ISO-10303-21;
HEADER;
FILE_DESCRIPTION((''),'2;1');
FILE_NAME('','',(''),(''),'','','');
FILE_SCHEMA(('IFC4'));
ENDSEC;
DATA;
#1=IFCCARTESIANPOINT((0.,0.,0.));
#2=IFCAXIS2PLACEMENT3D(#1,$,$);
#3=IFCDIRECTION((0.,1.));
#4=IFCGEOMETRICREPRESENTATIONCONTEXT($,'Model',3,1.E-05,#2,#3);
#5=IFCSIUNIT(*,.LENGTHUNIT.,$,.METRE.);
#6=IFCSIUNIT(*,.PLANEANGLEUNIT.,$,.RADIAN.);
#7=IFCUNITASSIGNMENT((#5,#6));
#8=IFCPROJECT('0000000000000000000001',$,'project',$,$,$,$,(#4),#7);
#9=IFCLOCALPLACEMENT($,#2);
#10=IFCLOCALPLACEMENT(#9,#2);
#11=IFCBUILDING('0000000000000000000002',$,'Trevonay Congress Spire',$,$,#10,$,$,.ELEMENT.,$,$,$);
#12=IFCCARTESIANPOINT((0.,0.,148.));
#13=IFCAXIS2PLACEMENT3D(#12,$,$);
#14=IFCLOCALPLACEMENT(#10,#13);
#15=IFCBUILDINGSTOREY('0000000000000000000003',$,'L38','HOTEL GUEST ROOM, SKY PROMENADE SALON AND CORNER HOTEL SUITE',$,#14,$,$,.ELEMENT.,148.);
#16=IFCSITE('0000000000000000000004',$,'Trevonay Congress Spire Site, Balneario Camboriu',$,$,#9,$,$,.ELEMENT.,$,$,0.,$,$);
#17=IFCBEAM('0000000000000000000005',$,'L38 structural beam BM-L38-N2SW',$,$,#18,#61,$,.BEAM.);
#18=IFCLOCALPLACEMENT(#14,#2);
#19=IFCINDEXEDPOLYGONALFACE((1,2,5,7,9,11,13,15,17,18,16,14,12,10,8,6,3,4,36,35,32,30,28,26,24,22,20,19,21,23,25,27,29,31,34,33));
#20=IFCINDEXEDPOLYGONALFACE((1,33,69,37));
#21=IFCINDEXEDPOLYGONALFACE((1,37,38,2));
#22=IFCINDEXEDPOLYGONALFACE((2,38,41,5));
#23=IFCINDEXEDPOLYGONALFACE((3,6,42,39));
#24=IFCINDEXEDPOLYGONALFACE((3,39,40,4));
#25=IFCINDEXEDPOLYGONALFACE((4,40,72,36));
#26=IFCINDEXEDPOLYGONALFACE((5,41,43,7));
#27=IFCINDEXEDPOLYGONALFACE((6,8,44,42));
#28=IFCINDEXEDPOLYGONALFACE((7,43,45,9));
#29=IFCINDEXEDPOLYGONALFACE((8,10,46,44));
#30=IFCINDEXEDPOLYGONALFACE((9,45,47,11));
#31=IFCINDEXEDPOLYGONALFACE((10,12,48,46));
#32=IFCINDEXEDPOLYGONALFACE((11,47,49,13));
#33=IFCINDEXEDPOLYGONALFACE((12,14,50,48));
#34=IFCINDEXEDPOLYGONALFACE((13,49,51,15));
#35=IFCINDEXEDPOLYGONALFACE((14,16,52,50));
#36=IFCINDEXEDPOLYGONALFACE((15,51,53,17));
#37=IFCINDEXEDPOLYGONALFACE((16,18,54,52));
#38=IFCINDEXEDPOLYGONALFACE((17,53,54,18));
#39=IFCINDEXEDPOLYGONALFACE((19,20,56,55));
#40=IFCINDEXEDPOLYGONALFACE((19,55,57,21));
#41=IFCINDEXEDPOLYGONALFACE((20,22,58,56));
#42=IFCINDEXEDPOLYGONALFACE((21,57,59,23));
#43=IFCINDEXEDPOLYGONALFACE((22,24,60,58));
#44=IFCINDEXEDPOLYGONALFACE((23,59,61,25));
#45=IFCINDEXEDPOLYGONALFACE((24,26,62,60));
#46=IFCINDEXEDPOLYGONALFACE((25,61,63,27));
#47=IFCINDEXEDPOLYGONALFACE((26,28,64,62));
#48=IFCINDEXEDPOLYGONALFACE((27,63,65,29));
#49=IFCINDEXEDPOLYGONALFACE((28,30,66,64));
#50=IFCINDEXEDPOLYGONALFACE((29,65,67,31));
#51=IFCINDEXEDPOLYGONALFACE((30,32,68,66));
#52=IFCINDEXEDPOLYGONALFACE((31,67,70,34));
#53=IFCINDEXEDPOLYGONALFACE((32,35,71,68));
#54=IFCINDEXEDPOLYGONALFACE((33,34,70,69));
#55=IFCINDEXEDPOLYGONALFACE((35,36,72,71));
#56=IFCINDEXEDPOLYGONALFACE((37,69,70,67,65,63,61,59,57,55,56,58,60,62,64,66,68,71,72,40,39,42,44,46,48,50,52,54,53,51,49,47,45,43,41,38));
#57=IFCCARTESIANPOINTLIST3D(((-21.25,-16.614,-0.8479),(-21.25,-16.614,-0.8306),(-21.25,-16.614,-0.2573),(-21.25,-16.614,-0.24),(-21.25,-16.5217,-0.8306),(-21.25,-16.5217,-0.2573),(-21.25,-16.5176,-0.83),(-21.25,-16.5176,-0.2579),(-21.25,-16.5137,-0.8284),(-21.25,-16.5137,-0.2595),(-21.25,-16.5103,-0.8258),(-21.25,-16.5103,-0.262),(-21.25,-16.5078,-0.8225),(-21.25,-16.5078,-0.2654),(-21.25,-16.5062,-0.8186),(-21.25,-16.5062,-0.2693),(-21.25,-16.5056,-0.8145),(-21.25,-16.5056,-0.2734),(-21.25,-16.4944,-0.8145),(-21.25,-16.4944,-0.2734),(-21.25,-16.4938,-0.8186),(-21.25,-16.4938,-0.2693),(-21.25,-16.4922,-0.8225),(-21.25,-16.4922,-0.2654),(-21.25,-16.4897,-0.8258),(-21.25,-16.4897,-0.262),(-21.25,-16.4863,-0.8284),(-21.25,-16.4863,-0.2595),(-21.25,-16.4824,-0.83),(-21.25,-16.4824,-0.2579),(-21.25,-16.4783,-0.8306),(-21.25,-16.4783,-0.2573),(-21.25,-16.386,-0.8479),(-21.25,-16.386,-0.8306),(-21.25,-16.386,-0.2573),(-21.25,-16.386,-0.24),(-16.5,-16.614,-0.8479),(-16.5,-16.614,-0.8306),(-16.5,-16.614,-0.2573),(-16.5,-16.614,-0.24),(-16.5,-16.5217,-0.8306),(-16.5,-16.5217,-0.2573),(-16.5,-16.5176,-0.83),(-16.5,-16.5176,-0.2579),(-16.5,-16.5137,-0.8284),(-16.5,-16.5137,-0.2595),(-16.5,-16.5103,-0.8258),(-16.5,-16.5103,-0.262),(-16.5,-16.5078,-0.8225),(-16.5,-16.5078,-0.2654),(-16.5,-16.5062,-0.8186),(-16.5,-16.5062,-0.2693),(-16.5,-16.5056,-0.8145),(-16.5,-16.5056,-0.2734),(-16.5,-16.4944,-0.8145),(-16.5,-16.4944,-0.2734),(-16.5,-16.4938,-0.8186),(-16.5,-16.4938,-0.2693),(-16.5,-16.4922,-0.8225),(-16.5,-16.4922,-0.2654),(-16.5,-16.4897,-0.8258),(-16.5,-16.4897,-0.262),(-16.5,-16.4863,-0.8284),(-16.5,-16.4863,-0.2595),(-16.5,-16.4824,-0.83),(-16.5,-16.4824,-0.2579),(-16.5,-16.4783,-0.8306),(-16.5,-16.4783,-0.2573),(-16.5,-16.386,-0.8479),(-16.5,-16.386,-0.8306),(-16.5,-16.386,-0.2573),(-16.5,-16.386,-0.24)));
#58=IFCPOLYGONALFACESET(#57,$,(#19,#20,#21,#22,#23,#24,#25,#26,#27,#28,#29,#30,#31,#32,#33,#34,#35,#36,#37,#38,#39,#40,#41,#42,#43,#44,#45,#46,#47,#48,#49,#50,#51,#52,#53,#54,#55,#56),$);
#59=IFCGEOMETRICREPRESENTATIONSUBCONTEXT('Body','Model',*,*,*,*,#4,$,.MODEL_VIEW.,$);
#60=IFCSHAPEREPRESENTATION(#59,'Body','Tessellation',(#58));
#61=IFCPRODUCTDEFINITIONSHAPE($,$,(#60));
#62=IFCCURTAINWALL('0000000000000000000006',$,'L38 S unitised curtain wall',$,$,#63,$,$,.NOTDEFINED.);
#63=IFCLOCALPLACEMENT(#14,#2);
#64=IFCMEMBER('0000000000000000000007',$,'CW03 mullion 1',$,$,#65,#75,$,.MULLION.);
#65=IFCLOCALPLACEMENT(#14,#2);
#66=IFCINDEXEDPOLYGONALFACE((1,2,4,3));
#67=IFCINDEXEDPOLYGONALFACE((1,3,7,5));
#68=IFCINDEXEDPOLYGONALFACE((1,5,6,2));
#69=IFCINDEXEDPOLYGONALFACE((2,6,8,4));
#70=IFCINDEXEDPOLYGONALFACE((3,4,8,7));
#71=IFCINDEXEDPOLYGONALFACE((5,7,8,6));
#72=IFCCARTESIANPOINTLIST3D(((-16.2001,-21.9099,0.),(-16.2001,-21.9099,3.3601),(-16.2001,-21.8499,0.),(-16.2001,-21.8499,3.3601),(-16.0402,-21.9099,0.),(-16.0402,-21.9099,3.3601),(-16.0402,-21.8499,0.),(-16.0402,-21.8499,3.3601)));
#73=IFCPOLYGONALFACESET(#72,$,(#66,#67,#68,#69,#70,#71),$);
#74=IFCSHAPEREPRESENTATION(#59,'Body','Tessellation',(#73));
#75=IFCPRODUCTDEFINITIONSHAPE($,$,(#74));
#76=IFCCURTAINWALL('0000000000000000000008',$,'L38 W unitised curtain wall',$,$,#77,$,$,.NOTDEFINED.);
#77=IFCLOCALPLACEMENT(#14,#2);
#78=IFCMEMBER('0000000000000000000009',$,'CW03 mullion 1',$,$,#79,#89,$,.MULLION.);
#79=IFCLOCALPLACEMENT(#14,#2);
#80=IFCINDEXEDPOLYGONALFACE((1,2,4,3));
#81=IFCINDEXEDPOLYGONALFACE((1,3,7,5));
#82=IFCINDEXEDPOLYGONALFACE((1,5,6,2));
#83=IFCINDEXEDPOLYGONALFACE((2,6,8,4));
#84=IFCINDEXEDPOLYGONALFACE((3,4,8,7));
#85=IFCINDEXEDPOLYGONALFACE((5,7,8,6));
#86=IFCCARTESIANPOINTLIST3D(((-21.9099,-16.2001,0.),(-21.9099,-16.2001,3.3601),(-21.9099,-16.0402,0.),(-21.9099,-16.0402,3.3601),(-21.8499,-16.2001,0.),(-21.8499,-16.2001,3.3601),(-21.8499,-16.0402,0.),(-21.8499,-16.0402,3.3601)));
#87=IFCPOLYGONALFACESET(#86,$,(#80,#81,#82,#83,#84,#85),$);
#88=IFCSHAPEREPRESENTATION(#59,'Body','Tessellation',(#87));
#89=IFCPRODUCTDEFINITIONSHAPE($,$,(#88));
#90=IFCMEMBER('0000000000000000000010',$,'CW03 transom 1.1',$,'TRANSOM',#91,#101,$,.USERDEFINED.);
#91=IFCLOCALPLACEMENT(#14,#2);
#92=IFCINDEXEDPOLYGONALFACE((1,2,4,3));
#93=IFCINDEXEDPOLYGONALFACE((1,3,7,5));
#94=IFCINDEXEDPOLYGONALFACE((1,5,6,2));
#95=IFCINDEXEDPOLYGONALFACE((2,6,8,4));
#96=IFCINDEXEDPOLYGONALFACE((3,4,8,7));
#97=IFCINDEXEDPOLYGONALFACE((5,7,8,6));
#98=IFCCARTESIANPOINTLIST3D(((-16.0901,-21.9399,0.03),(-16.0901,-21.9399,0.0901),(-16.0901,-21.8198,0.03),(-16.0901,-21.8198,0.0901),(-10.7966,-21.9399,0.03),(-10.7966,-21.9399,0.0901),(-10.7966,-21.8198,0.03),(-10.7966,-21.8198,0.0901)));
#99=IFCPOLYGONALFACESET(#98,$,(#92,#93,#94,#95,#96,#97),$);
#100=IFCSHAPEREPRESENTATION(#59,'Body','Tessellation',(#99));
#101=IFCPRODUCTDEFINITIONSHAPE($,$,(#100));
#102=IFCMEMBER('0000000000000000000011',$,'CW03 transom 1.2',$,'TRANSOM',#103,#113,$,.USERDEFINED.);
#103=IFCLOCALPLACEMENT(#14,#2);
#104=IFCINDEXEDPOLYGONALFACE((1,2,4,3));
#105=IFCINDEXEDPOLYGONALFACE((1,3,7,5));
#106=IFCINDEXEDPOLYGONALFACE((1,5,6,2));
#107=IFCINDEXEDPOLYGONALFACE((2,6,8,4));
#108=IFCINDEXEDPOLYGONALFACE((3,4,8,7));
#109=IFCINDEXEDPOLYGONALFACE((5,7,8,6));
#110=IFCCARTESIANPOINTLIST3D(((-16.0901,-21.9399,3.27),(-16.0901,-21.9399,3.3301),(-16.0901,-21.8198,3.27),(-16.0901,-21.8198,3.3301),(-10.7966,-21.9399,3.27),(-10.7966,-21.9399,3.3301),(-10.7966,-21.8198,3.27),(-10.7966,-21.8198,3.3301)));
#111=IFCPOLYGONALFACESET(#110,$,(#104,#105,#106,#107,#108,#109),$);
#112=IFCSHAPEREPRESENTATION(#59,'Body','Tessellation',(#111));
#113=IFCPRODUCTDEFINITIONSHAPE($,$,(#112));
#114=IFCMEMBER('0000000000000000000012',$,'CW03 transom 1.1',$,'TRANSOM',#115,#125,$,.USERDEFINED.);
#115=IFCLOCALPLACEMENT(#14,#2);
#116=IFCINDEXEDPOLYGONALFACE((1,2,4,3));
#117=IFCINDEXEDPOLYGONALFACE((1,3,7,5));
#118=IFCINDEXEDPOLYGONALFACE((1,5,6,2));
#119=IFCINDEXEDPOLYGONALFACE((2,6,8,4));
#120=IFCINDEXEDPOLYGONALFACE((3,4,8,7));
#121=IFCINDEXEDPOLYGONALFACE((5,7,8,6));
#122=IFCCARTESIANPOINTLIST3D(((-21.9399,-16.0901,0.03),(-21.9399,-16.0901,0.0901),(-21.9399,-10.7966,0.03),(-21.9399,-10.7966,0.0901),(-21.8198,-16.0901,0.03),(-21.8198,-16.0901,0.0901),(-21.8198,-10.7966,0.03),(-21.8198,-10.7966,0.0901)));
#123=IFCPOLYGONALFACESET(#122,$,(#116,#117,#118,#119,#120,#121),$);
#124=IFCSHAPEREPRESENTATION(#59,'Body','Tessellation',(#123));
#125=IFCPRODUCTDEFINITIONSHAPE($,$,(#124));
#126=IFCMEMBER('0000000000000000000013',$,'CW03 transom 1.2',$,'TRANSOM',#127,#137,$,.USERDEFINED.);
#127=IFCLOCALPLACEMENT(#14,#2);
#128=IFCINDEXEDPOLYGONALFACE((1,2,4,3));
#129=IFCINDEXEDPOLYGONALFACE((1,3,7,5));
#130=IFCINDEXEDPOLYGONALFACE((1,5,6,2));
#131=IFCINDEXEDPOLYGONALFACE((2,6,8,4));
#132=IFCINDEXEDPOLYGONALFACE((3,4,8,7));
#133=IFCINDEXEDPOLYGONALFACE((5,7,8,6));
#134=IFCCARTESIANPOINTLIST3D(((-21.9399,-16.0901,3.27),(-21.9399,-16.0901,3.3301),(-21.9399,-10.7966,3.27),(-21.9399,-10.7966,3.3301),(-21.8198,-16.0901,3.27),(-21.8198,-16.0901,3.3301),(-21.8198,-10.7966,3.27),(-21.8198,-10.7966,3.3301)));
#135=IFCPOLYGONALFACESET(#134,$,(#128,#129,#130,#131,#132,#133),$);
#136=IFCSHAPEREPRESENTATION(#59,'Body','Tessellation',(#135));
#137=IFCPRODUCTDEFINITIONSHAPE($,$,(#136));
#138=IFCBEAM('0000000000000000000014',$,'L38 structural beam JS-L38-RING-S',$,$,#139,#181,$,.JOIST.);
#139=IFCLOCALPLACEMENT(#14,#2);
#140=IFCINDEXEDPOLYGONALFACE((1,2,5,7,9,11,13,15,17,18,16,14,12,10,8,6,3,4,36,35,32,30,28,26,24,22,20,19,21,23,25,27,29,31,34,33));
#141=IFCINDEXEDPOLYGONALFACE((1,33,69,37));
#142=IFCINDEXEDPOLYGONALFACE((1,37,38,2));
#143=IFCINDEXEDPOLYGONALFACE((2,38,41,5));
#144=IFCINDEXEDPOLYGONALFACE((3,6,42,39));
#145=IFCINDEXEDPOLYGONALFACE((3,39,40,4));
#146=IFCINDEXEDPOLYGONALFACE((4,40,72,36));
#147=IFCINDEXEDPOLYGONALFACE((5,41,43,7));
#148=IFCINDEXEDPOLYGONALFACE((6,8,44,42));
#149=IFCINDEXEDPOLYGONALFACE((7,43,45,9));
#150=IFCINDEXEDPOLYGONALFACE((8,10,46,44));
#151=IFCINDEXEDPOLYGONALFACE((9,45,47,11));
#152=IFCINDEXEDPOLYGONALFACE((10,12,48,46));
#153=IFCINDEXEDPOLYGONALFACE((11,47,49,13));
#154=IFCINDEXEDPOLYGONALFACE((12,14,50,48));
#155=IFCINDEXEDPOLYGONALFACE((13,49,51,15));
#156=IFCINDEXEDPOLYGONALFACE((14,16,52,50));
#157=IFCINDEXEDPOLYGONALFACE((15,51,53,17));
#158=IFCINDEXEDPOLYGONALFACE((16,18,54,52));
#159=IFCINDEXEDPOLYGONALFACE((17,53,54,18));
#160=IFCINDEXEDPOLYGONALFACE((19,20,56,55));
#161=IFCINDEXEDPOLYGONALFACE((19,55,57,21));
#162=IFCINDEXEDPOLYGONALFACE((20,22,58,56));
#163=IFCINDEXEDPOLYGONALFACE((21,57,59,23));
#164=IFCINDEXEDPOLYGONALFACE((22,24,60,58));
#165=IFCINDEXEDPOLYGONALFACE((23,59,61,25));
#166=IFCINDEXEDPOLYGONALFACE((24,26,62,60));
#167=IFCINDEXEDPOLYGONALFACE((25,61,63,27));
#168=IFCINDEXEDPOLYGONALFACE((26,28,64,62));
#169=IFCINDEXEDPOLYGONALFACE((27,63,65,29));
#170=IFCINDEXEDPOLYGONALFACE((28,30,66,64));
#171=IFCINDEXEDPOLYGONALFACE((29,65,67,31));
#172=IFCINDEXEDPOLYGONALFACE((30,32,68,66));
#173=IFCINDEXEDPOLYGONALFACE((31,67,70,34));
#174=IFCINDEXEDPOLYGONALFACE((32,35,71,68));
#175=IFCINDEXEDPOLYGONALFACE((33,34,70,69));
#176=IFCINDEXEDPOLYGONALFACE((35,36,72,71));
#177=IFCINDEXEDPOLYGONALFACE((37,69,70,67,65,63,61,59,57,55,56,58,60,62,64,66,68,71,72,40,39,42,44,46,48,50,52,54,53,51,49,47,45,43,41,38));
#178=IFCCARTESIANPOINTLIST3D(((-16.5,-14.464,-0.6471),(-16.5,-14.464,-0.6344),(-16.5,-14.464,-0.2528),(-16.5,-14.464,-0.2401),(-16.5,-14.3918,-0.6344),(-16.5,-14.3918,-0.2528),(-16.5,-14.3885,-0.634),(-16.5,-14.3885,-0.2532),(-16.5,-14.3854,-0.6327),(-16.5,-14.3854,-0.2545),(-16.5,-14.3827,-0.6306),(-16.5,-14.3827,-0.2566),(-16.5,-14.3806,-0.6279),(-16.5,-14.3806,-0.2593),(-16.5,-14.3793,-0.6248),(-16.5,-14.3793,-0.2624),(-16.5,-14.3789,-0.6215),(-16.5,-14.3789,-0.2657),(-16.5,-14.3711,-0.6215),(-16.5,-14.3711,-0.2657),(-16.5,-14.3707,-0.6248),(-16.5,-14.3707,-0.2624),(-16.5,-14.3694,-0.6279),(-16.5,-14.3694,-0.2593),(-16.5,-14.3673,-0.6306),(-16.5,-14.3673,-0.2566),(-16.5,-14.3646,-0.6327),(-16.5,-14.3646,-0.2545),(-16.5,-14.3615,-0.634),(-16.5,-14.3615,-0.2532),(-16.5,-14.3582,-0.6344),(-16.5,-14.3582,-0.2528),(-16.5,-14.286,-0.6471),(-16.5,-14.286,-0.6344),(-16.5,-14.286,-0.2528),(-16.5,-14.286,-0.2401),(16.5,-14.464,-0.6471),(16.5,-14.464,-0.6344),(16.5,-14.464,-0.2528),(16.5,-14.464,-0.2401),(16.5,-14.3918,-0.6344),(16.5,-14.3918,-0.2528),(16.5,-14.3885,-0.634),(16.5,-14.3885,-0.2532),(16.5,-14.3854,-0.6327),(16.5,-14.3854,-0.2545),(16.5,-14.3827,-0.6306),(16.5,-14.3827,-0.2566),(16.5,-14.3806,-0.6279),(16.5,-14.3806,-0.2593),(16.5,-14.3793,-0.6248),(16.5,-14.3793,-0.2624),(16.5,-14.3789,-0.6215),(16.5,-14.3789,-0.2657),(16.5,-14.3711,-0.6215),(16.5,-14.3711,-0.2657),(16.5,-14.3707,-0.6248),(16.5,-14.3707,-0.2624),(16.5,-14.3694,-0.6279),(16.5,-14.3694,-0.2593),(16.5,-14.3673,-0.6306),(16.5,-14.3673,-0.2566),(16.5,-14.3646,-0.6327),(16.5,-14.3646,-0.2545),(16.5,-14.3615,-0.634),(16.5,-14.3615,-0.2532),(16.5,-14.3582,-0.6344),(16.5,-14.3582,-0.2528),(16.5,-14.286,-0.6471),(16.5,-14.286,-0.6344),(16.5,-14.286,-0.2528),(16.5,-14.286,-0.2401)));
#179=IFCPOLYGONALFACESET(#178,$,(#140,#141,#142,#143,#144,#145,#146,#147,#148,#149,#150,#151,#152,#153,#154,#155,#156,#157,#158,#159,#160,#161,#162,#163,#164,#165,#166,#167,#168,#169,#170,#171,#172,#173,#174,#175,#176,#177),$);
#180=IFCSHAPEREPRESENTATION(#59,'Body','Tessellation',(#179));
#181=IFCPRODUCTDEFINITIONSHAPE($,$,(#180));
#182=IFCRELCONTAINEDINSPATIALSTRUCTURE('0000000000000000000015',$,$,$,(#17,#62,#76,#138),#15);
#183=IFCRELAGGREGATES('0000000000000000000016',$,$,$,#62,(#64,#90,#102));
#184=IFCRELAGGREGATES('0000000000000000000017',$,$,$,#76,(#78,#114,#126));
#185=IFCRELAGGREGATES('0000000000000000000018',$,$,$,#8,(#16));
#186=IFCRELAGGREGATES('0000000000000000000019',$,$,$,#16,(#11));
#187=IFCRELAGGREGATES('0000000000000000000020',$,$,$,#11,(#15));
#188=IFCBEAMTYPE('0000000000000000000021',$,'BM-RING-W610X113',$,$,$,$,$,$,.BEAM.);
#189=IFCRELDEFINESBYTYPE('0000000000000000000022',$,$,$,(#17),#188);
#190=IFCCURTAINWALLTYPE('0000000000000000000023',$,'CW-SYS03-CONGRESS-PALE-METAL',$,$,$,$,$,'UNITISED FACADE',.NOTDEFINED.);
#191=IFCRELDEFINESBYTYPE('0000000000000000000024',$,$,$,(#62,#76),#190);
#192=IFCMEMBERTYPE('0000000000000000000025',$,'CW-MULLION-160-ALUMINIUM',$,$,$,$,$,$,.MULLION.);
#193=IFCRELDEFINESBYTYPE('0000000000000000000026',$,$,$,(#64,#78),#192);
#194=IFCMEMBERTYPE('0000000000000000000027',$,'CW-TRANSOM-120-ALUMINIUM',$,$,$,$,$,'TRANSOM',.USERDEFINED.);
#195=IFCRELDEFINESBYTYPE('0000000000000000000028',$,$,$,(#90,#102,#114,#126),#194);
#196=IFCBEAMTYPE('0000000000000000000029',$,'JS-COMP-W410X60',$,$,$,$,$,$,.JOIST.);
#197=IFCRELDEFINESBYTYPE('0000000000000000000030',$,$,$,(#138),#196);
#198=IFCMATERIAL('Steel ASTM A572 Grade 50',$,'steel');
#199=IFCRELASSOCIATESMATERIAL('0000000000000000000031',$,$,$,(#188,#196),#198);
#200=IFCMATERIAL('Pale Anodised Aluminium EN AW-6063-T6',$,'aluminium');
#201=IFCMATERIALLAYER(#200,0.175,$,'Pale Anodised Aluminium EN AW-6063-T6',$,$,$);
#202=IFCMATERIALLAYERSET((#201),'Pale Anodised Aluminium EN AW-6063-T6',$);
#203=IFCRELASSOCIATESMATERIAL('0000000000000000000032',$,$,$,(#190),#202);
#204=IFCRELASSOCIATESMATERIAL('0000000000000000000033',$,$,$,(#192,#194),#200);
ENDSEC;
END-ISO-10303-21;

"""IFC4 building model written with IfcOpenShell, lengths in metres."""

from ifc_helpers import new_model, si_unit, direction, frame, origin, origin_2d, place, context, subcontext, project, spatial, rectangle, i_section, extrude, material, layer, layer_set, material_profile, profile_set, type_object, element, aggregate, save


model = new_model("IFC4")

# Units and contexts
model_context = context("Model", 3, precision=1e-05, world=origin(), true_north=direction((0.0, 1.0)))
body_context = subcontext(model_context, "Body", "Model", "MODEL_VIEW")
ifc_project = project(units=[si_unit("LENGTHUNIT", "METRE"), si_unit("PLANEANGLEUNIT", "RADIAN")], contexts=[model_context])

# Site, building, storey
site_placement = place(None, origin())
site = spatial("IfcSite", under=ifc_project, at=site_placement, Name="Trevonay Congress Spire Site, Balneario Camboriu", CompositionType="ELEMENT", RefElevation=0.0)
building_placement = place(site_placement, origin())
building = spatial("IfcBuilding", under=site, at=building_placement, Name="Trevonay Congress Spire", CompositionType="ELEMENT")
storey_placement = place(building_placement, frame((0.0, 0.0, 148.0)))
storey = spatial("IfcBuildingStorey", under=building, at=storey_placement, Name="L38", Description="HOTEL GUEST ROOM, SKY PROMENADE SALON AND CORNER HOTEL SUITE", CompositionType="ELEMENT", Elevation=148.0)

# Shared definitions
ifc_material_1 = material(Name="Steel ASTM A572 Grade 50", Category="steel")

# Beam
ifc_material_profile_1 = material_profile(ifc_material_1, i_section(OverallWidth=0.228, OverallDepth=0.6079, WebThickness=0.0112, FlangeThickness=0.0173, FilletRadius=0.0161, at=origin_2d()), Name="W610x113")
ifc_profile_set_1 = profile_set([ifc_material_profile_1], Name="Steel ASTM A572 Grade 50")
beam_type_1 = type_object("IfcBeamType", Name="BM-RING-W610X113", PredefinedType="BEAM", material=ifc_profile_set_1)
for number, where, z_axis, x_axis, name in (
    (1, (-21.25, -16.5, -0.5439), (1.0, 0.0, 0.0), (0.0, 1.0, 0.0), "L38 structural beam BM-L38-N2SW"),
):
    element("IfcBeam", number, at=place(storey_placement, frame(where, z_axis=z_axis, x_axis=x_axis)), inside=storey, type_object=beam_type_1, Name=name, PredefinedType="BEAM", context=body_context, shape_type="SweptSolid", body=[
        extrude(i_section(OverallWidth=0.228, OverallDepth=0.6079, WebThickness=0.0112, FlangeThickness=0.0173, FilletRadius=0.0161, at=origin_2d()), origin(), (0.0, 0.0, 1.0), 4.75),
    ])

# Curtain walls, members
ifc_material_2 = material(Name="Pale Anodised Aluminium EN AW-6063-T6", Category="aluminium")
ifc_layer_1 = layer(ifc_material_2, 0.175, Name="Pale Anodised Aluminium EN AW-6063-T6")
ifc_layer_set_1 = layer_set([ifc_layer_1], Name="Pale Anodised Aluminium EN AW-6063-T6")
curtain_wall_type = type_object("IfcCurtainWallType", Name="CW-SYS03-CONGRESS-PALE-METAL", ElementType="UNITISED FACADE", PredefinedType="NOTDEFINED", material=ifc_layer_set_1)
curtain_wall_1_placement = place(storey_placement, origin())
curtain_wall_1 = element("IfcCurtainWall", 2, at=curtain_wall_1_placement, inside=storey, type_object=curtain_wall_type, Name="L38 S unitised curtain wall", PredefinedType="NOTDEFINED")
ifc_material_profile_2 = material_profile(ifc_material_2, rectangle(XDim=0.0601, YDim=0.1599, at=origin_2d()), Name="CW-MULLION-160-ALUMINIUM")
ifc_profile_set_2 = profile_set([ifc_material_profile_2], Name="Pale Anodised Aluminium EN AW-6063-T6")
member_type_1 = type_object("IfcMemberType", Name="CW-MULLION-160-ALUMINIUM", PredefinedType="MULLION", material=ifc_profile_set_2)
member_1_placement = place(storey_placement, frame((-16.1201, -21.8799, 0.0), z_axis=(0.0, 0.0, 1.0), x_axis=(0.0, 1.0, 0.0)))
member_1 = element("IfcMember", 3, at=member_1_placement, type_object=member_type_1, Name="CW03 mullion 1", PredefinedType="MULLION", context=body_context, shape_type="SweptSolid", body=[
    extrude(rectangle(XDim=0.0601, YDim=0.1599, at=origin_2d()), origin(), (0.0, 0.0, 1.0), 3.3601),
])
curtain_wall_2_placement = place(storey_placement, origin())
curtain_wall_2 = element("IfcCurtainWall", 4, at=curtain_wall_2_placement, inside=storey, type_object=curtain_wall_type, Name="L38 W unitised curtain wall", PredefinedType="NOTDEFINED")
member_2_placement = place(storey_placement, frame((-21.8799, -16.1201, 0.0), z_axis=(0.0, 0.0, 1.0), x_axis=(-1.0, 0.0, 0.0)))
member_2 = element("IfcMember", 5, at=member_2_placement, type_object=member_type_1, Name="CW03 mullion 1", PredefinedType="MULLION", context=body_context, shape_type="SweptSolid", body=[
    extrude(rectangle(XDim=0.0601, YDim=0.1599, at=origin_2d()), origin(), (0.0, 0.0, 1.0), 3.3601),
])

# Members
ifc_material_profile_3 = material_profile(ifc_material_2, rectangle(XDim=0.1201, YDim=0.0601, at=origin_2d()), Name="CW-TRANSOM-120-ALUMINIUM")
ifc_profile_set_3 = profile_set([ifc_material_profile_3], Name="Pale Anodised Aluminium EN AW-6063-T6")
member_type_2 = type_object("IfcMemberType", Name="CW-TRANSOM-120-ALUMINIUM", ElementType="TRANSOM", PredefinedType="USERDEFINED", material=ifc_profile_set_3)
member_3_placement = place(storey_placement, frame((-16.0901, -21.8799, 0.0601), z_axis=(1.0, 0.0, 0.0), x_axis=(0.0, 1.0, 0.0)))
member_3 = element("IfcMember", 6, at=member_3_placement, type_object=member_type_2, Name="CW03 transom 1.1", ObjectType="TRANSOM", PredefinedType="USERDEFINED", context=body_context, shape_type="SweptSolid", body=[
    extrude(rectangle(XDim=0.1201, YDim=0.0601, at=origin_2d()), origin(), (0.0, 0.0, 1.0), 5.2935),
])
member_4_placement = place(storey_placement, frame((-16.0901, -21.8799, 3.3), z_axis=(1.0, 0.0, 0.0), x_axis=(0.0, 1.0, 0.0)))
member_4 = element("IfcMember", 7, at=member_4_placement, type_object=member_type_2, Name="CW03 transom 1.2", ObjectType="TRANSOM", PredefinedType="USERDEFINED", context=body_context, shape_type="SweptSolid", body=[
    extrude(rectangle(XDim=0.1201, YDim=0.0601, at=origin_2d()), origin(), (0.0, 0.0, 1.0), 5.2935),
])
member_5_placement = place(storey_placement, frame((-21.8799, -16.0901, 0.0601), z_axis=(0.0, 1.0, 0.0), x_axis=(-1.0, 0.0, 0.0)))
member_5 = element("IfcMember", 8, at=member_5_placement, type_object=member_type_2, Name="CW03 transom 1.1", ObjectType="TRANSOM", PredefinedType="USERDEFINED", context=body_context, shape_type="SweptSolid", body=[
    extrude(rectangle(XDim=0.1201, YDim=0.0601, at=origin_2d()), origin(), (0.0, 0.0, 1.0), 5.2935),
])
member_6_placement = place(storey_placement, frame((-21.8799, -16.0901, 3.3), z_axis=(0.0, 1.0, 0.0), x_axis=(-1.0, 0.0, 0.0)))
member_6 = element("IfcMember", 9, at=member_6_placement, type_object=member_type_2, Name="CW03 transom 1.2", ObjectType="TRANSOM", PredefinedType="USERDEFINED", context=body_context, shape_type="SweptSolid", body=[
    extrude(rectangle(XDim=0.1201, YDim=0.0601, at=origin_2d()), origin(), (0.0, 0.0, 1.0), 5.2935),
])

# Beam
ifc_material_profile_4 = material_profile(ifc_material_1, i_section(OverallWidth=0.178, OverallDepth=0.407, WebThickness=0.0078, FlangeThickness=0.0127, FilletRadius=0.0129, at=origin_2d()), Name="W410x60")
ifc_profile_set_4 = profile_set([ifc_material_profile_4], Name="Steel ASTM A572 Grade 50")
beam_type_2 = type_object("IfcBeamType", Name="JS-COMP-W410X60", PredefinedType="JOIST", material=ifc_profile_set_4)
for number, where, z_axis, x_axis, name in (
    (10, (-16.5, -14.375, -0.4436), (1.0, 0.0, 0.0), (0.0, 1.0, 0.0), "L38 structural beam JS-L38-RING-S"),
):
    element("IfcBeam", number, at=place(storey_placement, frame(where, z_axis=z_axis, x_axis=x_axis)), inside=storey, type_object=beam_type_2, Name=name, PredefinedType="JOIST", context=body_context, shape_type="SweptSolid", body=[
        extrude(i_section(OverallWidth=0.178, OverallDepth=0.407, WebThickness=0.0078, FlangeThickness=0.0127, FilletRadius=0.0129, at=origin_2d()), origin(), (0.0, 0.0, 1.0), 33.0),
    ])

aggregate(curtain_wall_1, [member_1, member_3, member_4])
aggregate(curtain_wall_2, [member_2, member_5, member_6])

save(model, "model.ifc")
